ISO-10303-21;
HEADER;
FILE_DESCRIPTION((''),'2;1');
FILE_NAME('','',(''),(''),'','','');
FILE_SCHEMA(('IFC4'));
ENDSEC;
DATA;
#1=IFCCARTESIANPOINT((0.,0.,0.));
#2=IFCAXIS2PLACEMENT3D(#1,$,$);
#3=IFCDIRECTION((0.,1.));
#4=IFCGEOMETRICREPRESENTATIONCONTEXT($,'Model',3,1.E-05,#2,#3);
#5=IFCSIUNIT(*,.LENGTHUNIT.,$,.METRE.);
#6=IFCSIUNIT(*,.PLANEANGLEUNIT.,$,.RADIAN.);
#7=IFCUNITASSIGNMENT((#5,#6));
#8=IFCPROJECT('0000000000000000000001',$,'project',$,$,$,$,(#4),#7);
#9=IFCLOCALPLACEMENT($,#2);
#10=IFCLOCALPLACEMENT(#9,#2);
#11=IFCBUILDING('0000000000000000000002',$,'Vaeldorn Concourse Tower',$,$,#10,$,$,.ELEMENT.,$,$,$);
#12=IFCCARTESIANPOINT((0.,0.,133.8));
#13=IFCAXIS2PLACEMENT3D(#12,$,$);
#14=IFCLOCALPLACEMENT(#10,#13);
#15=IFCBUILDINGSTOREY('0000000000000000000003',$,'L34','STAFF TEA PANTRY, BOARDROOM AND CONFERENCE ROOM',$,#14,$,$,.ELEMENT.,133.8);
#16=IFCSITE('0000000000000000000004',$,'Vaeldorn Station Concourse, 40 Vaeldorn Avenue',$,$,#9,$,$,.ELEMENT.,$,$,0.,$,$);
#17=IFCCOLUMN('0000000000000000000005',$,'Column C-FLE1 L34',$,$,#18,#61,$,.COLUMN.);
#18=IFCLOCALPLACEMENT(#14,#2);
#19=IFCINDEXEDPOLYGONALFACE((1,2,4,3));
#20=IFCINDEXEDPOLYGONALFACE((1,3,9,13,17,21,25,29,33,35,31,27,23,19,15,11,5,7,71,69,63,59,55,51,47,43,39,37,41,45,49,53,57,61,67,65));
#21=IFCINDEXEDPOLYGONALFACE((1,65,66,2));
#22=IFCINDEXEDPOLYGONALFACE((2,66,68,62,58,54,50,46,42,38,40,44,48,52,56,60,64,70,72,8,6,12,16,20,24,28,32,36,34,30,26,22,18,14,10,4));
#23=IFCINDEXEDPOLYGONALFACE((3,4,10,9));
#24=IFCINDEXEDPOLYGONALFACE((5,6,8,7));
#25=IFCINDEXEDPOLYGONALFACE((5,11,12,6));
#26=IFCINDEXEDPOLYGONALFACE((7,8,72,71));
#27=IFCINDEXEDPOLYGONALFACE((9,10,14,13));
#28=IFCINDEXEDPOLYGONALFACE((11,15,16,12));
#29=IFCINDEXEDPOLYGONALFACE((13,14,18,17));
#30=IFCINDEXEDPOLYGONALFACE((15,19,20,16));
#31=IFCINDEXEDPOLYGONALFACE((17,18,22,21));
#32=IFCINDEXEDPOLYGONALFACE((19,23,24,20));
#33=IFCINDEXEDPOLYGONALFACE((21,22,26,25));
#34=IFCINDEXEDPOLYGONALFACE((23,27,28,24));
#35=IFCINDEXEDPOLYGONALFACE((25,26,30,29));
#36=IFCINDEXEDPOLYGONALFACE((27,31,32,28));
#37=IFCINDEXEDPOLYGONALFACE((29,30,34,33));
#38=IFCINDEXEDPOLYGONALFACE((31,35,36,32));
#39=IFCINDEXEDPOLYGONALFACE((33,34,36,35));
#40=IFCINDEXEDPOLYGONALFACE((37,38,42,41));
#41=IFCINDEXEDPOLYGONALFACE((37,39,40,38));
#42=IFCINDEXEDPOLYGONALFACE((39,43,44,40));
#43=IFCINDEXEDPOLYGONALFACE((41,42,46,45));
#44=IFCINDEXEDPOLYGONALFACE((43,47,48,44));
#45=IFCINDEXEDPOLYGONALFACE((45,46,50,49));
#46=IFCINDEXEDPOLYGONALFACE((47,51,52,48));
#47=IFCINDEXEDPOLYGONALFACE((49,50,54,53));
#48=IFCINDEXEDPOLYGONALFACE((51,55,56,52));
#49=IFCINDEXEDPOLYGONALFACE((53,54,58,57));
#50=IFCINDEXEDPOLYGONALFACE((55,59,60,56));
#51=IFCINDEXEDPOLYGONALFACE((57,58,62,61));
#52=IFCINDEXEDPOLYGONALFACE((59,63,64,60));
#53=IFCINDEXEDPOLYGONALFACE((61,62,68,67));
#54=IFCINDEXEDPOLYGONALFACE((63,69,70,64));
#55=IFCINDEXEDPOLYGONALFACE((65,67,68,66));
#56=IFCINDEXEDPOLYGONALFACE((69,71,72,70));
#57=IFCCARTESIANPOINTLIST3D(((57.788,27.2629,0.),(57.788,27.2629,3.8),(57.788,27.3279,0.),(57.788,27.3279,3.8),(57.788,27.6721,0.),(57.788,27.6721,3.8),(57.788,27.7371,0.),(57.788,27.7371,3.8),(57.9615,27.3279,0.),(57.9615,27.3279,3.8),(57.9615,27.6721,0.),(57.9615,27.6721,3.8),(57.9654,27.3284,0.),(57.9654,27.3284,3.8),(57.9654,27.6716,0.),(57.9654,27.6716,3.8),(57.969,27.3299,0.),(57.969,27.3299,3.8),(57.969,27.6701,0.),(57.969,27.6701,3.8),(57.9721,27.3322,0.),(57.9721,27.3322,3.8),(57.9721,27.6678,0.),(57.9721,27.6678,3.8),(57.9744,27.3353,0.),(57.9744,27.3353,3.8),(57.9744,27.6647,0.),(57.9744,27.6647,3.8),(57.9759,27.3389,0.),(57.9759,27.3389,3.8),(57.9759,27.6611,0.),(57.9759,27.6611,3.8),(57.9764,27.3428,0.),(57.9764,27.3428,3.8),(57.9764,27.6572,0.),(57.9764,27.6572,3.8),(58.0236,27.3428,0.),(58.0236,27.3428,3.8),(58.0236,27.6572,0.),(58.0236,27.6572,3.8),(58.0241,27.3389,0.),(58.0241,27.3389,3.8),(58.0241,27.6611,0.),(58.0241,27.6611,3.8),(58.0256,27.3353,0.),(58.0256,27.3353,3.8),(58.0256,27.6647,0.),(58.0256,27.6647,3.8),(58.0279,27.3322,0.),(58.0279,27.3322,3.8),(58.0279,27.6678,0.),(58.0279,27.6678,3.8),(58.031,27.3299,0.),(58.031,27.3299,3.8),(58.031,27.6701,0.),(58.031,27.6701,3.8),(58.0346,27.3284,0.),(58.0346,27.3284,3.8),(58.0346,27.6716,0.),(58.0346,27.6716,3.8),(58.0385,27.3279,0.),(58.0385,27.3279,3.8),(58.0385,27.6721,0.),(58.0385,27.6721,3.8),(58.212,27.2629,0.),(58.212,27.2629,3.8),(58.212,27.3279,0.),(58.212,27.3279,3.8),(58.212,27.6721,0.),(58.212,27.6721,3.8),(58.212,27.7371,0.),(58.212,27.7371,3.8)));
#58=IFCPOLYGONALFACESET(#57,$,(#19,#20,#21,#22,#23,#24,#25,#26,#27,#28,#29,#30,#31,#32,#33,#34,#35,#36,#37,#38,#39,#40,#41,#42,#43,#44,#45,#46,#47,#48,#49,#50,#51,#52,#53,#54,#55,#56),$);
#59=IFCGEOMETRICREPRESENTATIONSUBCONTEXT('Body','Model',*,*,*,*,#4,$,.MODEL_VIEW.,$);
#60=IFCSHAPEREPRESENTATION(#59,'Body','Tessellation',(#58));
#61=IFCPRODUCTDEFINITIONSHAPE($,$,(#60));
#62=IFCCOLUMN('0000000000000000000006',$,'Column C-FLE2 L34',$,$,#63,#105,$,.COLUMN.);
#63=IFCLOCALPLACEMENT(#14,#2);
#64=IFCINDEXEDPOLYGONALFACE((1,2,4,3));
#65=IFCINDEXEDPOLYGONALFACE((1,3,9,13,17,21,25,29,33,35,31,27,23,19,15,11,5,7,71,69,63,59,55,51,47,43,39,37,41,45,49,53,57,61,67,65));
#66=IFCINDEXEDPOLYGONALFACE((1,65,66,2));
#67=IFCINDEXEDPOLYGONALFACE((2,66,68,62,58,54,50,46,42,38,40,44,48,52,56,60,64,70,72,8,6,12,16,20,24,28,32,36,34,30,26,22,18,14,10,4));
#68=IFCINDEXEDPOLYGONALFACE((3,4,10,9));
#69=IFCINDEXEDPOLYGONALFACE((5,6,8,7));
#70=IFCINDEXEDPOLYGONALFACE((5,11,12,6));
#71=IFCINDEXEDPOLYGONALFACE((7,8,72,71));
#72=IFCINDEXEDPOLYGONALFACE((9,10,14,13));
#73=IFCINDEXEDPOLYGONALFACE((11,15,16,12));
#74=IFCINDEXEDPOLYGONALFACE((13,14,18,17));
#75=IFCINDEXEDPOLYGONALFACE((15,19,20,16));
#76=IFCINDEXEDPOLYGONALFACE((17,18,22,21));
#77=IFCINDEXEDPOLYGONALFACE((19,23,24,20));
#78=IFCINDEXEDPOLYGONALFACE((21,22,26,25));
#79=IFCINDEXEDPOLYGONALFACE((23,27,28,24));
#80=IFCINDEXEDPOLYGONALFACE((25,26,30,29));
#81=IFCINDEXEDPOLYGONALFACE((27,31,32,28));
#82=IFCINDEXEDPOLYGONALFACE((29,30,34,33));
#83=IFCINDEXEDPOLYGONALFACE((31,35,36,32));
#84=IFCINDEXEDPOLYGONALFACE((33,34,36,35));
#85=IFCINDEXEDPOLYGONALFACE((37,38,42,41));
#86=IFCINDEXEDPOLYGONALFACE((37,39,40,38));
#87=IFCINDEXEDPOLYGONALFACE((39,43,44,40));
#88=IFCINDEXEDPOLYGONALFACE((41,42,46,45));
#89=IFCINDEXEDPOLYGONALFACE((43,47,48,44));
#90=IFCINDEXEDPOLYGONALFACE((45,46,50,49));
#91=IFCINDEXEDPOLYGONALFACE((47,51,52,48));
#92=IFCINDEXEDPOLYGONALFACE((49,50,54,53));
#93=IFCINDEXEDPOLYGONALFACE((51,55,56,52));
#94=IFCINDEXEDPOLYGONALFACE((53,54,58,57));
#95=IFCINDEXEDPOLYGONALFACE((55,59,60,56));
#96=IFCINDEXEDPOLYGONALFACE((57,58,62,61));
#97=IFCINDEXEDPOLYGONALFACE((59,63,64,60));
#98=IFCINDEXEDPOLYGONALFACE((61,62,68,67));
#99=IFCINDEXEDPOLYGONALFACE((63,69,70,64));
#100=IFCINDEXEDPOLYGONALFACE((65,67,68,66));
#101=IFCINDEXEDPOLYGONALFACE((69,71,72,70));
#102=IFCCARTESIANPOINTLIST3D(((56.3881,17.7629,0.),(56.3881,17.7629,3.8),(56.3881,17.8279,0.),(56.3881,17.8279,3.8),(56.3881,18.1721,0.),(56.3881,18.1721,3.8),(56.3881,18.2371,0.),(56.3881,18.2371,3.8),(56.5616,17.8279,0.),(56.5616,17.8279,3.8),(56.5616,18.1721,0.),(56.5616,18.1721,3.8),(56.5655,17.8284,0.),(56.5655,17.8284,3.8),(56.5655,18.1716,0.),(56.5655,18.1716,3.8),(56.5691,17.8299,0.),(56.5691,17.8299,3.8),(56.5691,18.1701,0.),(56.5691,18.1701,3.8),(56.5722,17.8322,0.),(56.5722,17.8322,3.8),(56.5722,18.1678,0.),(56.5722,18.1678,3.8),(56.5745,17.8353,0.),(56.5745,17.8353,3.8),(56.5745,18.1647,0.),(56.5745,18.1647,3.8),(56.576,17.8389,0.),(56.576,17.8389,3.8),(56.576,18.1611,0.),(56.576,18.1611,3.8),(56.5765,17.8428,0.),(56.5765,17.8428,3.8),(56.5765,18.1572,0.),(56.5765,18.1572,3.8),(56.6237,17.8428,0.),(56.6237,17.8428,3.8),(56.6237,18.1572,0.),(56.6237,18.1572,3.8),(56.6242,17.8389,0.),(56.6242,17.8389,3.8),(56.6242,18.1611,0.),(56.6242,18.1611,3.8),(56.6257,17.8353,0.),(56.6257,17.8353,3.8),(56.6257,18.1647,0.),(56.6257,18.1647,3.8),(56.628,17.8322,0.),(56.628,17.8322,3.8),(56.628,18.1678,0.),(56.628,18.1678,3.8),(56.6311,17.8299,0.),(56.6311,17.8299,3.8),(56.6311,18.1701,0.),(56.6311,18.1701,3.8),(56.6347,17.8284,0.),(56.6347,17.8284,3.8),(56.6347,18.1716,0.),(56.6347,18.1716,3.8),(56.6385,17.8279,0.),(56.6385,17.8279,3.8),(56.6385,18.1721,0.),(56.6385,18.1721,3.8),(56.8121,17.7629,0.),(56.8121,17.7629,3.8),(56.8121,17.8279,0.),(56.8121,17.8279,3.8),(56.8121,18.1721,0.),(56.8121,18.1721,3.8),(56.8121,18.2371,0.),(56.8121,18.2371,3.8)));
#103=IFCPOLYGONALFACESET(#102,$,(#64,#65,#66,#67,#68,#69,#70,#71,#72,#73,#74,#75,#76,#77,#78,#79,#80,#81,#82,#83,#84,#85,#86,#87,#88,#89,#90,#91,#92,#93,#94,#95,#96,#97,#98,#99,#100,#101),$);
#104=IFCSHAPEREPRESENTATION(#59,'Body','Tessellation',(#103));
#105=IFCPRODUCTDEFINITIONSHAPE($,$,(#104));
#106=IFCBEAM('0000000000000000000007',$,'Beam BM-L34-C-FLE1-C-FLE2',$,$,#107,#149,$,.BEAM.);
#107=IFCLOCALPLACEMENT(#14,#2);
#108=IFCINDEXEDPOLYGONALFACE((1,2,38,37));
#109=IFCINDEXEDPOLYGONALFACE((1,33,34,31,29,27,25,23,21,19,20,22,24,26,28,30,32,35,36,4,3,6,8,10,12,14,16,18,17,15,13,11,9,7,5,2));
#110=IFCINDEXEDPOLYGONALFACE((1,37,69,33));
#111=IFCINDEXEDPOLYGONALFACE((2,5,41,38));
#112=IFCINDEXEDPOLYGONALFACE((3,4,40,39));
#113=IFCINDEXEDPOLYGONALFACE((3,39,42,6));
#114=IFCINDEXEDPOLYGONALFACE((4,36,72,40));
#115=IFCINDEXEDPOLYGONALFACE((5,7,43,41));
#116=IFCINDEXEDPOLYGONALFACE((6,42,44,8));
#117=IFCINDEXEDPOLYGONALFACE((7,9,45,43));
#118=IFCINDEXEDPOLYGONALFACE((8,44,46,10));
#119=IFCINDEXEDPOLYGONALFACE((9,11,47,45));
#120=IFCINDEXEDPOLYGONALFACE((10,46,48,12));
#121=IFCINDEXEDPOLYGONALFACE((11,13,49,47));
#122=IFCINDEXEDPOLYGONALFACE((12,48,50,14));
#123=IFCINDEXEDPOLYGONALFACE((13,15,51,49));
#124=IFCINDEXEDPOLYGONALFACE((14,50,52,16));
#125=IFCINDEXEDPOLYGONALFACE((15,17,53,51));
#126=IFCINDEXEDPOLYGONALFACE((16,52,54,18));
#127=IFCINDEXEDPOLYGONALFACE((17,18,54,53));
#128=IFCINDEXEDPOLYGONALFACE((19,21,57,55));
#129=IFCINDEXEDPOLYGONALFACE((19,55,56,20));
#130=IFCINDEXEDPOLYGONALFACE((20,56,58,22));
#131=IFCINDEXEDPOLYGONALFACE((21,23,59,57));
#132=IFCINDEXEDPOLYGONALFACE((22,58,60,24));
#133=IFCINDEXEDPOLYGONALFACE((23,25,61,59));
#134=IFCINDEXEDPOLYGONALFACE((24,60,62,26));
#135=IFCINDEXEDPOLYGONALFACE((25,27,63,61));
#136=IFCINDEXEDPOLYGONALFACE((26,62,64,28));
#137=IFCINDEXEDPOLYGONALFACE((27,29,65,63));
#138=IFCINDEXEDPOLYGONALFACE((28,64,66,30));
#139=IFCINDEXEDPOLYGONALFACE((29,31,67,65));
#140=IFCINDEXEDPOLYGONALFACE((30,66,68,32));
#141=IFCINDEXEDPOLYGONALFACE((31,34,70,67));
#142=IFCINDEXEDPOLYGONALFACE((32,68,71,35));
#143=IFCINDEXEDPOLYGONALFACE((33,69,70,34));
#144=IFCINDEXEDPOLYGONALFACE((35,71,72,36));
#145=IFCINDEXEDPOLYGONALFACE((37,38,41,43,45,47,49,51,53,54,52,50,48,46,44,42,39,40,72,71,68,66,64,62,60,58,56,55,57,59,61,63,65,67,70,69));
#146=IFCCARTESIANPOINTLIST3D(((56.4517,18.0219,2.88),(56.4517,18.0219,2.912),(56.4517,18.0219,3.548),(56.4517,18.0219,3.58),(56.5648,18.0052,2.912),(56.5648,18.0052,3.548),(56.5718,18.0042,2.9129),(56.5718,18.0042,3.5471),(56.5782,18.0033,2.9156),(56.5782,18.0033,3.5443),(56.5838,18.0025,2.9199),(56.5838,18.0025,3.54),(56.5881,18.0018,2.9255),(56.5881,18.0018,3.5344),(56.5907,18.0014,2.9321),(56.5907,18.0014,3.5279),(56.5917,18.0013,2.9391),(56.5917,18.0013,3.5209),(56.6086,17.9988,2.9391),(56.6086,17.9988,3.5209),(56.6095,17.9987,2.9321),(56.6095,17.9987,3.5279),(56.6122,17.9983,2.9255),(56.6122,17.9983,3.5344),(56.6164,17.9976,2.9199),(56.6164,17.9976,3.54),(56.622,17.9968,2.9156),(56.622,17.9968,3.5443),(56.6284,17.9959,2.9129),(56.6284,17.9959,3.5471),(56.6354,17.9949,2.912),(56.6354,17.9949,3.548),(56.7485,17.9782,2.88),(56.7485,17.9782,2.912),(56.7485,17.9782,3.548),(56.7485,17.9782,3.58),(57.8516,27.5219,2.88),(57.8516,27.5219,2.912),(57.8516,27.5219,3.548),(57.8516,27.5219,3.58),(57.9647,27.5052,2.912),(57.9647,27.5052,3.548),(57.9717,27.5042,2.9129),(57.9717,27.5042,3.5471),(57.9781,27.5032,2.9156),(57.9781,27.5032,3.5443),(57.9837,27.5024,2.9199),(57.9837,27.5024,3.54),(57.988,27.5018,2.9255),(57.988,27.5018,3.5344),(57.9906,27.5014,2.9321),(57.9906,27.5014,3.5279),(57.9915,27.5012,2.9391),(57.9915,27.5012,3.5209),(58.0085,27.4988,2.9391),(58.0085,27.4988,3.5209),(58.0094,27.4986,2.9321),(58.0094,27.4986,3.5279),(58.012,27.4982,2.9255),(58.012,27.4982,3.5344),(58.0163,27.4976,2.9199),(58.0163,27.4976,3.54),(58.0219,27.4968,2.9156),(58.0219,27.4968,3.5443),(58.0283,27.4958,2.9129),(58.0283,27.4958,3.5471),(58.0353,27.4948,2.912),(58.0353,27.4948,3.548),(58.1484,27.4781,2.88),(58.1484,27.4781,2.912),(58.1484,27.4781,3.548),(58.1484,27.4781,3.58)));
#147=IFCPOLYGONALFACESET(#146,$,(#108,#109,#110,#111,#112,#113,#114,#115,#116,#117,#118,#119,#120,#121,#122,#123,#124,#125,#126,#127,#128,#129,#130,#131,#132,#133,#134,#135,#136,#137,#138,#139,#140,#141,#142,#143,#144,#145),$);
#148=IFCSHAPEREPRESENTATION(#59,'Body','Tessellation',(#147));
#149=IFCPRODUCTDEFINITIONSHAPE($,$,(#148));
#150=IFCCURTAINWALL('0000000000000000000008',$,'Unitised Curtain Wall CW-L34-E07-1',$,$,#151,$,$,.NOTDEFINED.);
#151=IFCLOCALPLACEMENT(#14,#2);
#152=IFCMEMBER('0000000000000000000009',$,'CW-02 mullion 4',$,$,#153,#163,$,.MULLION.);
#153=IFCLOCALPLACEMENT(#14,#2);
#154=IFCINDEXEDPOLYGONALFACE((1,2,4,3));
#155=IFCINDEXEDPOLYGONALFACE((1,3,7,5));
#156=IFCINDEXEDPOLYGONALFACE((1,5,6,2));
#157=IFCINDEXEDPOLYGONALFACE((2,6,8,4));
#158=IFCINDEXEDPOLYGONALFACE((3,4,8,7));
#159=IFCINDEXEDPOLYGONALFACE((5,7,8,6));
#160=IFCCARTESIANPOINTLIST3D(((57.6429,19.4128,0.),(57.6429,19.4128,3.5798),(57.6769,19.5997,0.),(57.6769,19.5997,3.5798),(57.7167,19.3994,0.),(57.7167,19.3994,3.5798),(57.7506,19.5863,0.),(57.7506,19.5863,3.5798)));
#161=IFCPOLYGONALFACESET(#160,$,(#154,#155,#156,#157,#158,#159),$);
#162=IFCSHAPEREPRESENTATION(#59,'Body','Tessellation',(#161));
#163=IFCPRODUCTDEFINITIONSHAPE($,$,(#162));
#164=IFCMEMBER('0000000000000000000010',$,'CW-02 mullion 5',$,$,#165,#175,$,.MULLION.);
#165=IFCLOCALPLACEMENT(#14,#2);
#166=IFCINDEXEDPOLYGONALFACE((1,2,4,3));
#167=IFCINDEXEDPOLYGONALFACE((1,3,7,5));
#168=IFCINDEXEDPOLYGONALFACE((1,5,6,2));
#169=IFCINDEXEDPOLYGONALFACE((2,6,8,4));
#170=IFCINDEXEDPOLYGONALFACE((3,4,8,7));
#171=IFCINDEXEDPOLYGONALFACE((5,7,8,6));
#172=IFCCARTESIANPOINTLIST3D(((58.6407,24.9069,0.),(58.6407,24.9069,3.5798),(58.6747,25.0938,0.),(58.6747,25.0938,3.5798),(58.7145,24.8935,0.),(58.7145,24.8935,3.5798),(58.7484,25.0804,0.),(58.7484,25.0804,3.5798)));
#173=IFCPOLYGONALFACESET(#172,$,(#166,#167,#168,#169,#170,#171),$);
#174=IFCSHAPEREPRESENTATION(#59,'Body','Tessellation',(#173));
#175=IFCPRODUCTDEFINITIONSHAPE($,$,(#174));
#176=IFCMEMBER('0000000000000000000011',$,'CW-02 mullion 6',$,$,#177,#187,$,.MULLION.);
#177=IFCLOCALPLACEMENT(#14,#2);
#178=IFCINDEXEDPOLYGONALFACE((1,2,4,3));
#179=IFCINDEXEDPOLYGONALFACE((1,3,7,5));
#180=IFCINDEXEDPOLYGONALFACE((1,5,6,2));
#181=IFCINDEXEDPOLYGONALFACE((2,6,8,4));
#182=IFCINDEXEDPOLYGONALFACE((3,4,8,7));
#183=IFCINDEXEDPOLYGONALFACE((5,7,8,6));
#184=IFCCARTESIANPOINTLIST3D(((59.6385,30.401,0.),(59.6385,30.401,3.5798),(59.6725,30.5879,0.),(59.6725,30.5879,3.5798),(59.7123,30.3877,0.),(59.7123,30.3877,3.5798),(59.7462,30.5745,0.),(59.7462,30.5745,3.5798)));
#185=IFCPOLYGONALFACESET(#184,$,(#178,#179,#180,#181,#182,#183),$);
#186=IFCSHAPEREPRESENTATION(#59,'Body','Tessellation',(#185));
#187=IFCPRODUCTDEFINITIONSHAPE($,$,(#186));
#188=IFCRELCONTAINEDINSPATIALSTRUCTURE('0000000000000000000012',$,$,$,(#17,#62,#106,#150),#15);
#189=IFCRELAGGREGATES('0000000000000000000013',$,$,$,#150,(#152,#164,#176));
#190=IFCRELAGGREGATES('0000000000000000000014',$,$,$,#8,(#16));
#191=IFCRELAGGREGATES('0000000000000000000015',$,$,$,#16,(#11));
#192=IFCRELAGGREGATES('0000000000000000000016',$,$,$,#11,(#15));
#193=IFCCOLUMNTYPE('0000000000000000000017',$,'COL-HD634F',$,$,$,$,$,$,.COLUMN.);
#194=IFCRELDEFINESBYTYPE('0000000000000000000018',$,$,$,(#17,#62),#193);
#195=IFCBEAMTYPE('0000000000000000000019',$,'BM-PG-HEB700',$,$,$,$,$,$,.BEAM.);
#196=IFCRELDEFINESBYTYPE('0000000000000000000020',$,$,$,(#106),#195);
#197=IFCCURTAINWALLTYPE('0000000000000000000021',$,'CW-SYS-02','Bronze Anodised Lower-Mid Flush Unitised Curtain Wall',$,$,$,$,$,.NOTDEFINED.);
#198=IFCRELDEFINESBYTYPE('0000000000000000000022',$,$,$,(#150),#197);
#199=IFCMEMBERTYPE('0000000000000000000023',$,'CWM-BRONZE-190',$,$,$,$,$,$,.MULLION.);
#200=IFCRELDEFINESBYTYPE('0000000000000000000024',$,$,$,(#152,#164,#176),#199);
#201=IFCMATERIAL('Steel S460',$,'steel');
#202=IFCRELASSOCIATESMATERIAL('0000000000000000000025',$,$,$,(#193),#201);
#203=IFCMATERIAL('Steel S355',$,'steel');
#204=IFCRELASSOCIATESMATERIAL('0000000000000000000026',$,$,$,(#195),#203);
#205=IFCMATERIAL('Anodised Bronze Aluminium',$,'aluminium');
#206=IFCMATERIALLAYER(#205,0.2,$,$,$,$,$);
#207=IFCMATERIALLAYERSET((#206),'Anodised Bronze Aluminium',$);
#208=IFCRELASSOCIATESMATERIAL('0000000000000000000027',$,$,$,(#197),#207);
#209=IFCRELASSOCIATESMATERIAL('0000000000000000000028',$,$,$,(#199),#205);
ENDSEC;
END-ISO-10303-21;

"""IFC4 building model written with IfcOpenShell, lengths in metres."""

from ifc_helpers import new_model, si_unit, direction, frame, origin, origin_2d, place, context, subcontext, project, spatial, rectangle, i_section, extrude, source, transform, mapped, material, layer, layer_set, material_profile, profile_set, type_object, element, aggregate, save


model = new_model("IFC4")

# Units and contexts
model_context = context("Model", 3, precision=1e-05, world=origin(), true_north=direction((0.0, 1.0)))
body_context = subcontext(model_context, "Body", "Model", "MODEL_VIEW")
ifc_project = project(units=[si_unit("LENGTHUNIT", "METRE"), si_unit("PLANEANGLEUNIT", "RADIAN")], contexts=[model_context])

# Site, building, storey
site_placement = place(None, origin())
site = spatial("IfcSite", under=ifc_project, at=site_placement, Name="Vaeldorn Station Concourse, 40 Vaeldorn Avenue", CompositionType="ELEMENT", RefElevation=0.0)
building_placement = place(site_placement, origin())
building = spatial("IfcBuilding", under=site, at=building_placement, Name="Vaeldorn Concourse Tower", CompositionType="ELEMENT")
storey_placement = place(building_placement, frame((0.0, 0.0, 133.8)))
storey = spatial("IfcBuildingStorey", under=building, at=storey_placement, Name="L34", Description="STAFF TEA PANTRY, BOARDROOM AND CONFERENCE ROOM", CompositionType="ELEMENT", Elevation=133.8)

# Columns
ifc_material_1 = material(Name="Steel S460", Category="steel")
ifc_material_profile_1 = material_profile(ifc_material_1, i_section(OverallWidth=0.4241, OverallDepth=0.4741, WebThickness=0.0471, FlangeThickness=0.0649, FilletRadius=0.0149, at=origin_2d()), Name="HD 400x634")
ifc_profile_set_1 = profile_set([ifc_material_profile_1], Name="Steel S460")
column_type = type_object("IfcColumnType", Name="COL-HD634F", PredefinedType="COLUMN", material=ifc_profile_set_1)
shared_shape_1 = source(origin(), body_context, "Body", "SweptSolid", [
    extrude(i_section(OverallWidth=0.4241, OverallDepth=0.4741, WebThickness=0.0471, FlangeThickness=0.0649, FilletRadius=0.0149, at=origin_2d()), origin(), (0.0, 0.0, 1.0), 3.8),
])
for number, where, z_axis, x_axis, name in (
    (1, (58.0, 27.5, 0.0), (0.0, 0.0, 1.0), (1.0, 0.0, 0.0), "Column C-FLE1 L34"),
    (2, (56.6001, 18.0, 0.0), (0.0, 0.0, 1.0), (1.0, 0.0, 0.0), "Column C-FLE2 L34"),
):
    element("IfcColumn", number, at=place(storey_placement, frame(where, z_axis=z_axis, x_axis=x_axis)), inside=storey, type_object=column_type, Name=name, PredefinedType="COLUMN", context=body_context, shape_type="MappedRepresentation", body=[
        mapped(shared_shape_1, transform((0.0, 0.0, 0.0), scale=1.0)),
    ])

# Beam
ifc_material_2 = material(Name="Steel S355", Category="steel")
ifc_material_profile_2 = material_profile(ifc_material_2, i_section(OverallWidth=0.3, OverallDepth=0.7, WebThickness=0.0171, FlangeThickness=0.032, FilletRadius=0.0271, at=origin_2d()), Name="HEB 700")
ifc_profile_set_2 = profile_set([ifc_material_profile_2], Name="Steel S355")
beam_type = type_object("IfcBeamType", Name="BM-PG-HEB700", PredefinedType="BEAM", material=ifc_profile_set_2)
shared_shape_2 = source(origin(), body_context, "Body", "SweptSolid", [
    extrude(i_section(OverallWidth=0.3, OverallDepth=0.7, WebThickness=0.0171, FlangeThickness=0.032, FilletRadius=0.0271, at=origin_2d()), origin(), (0.0, 0.0, 1.0), 9.6025),
])
beam_placement = place(storey_placement, frame((58.0, 27.5, 3.23), z_axis=(-0.145784, -0.989316, 0.0), x_axis=(0.989316, -0.145784, 0.0)))
element("IfcBeam", 3, at=beam_placement, inside=storey, type_object=beam_type, Name="Beam BM-L34-C-FLE1-C-FLE2", PredefinedType="BEAM", context=body_context, shape_type="MappedRepresentation", body=[
    mapped(shared_shape_2, transform((0.0, 0.0, 0.0), scale=1.0)),
])

# Curtain wall, members
ifc_material_3 = material(Name="Anodised Bronze Aluminium", Category="aluminium")
ifc_layer_1 = layer(ifc_material_3, 0.2)
ifc_layer_set_1 = layer_set([ifc_layer_1], Name="Anodised Bronze Aluminium")
curtain_wall_type = type_object("IfcCurtainWallType", Name="CW-SYS-02", Description="Bronze Anodised Lower-Mid Flush Unitised Curtain Wall", PredefinedType="NOTDEFINED", material=ifc_layer_set_1)
curtain_wall_placement = place(storey_placement, origin())
curtain_wall = element("IfcCurtainWall", 4, at=curtain_wall_placement, inside=storey, type_object=curtain_wall_type, Name="Unitised Curtain Wall CW-L34-E07-1", PredefinedType="NOTDEFINED")
ifc_material_profile_3 = material_profile(ifc_material_3, rectangle(XDim=0.075, YDim=0.1899, at=origin_2d()), Name="CWM 75x190")
ifc_profile_set_3 = profile_set([ifc_material_profile_3], Name="Anodised Bronze Aluminium")
member_type_1 = type_object("IfcMemberType", Name="CWM-BRONZE-190", PredefinedType="MULLION", material=ifc_profile_set_3)
shared_shape_3 = source(origin(), body_context, "Body", "SweptSolid", [
    extrude(rectangle(XDim=0.075, YDim=0.1899, at=origin_2d()), origin(), (0.0, 0.0, 1.0), 3.5798),
])
member_1_placement = place(storey_placement, frame((57.6968, 19.4995, 0.0), z_axis=(0.0, 0.0, 1.0), x_axis=(-0.983905, 0.178692, 0.0)))
member_1 = element("IfcMember", 5, at=member_1_placement, type_object=member_type_1, Name="CW-02 mullion 4", PredefinedType="MULLION", context=body_context, shape_type="MappedRepresentation", body=[
    mapped(shared_shape_3, transform((0.0, 0.0, 0.0), scale=1.0)),
])
member_2_placement = place(storey_placement, frame((58.6946, 24.9937, 0.0), z_axis=(0.0, 0.0, 1.0), x_axis=(-0.983905, 0.178692, 0.0)))
member_2 = element("IfcMember", 6, at=member_2_placement, type_object=member_type_1, Name="CW-02 mullion 5", PredefinedType="MULLION", context=body_context, shape_type="MappedRepresentation", body=[
    mapped(shared_shape_3, transform((0.0, 0.0, 0.0), scale=1.0)),
])
member_3_placement = place(storey_placement, frame((59.6924, 30.4878, 0.0), z_axis=(0.0, 0.0, 1.0), x_axis=(-0.983905, 0.178692, 0.0)))
member_3 = element("IfcMember", 7, at=member_3_placement, type_object=member_type_1, Name="CW-02 mullion 6", PredefinedType="MULLION", context=body_context, shape_type="MappedRepresentation", body=[
    mapped(shared_shape_3, transform((0.0, 0.0, 0.0), scale=1.0)),
])
aggregate(curtain_wall, [member_1, member_2, member_3])

save(model, "model.ifc")
